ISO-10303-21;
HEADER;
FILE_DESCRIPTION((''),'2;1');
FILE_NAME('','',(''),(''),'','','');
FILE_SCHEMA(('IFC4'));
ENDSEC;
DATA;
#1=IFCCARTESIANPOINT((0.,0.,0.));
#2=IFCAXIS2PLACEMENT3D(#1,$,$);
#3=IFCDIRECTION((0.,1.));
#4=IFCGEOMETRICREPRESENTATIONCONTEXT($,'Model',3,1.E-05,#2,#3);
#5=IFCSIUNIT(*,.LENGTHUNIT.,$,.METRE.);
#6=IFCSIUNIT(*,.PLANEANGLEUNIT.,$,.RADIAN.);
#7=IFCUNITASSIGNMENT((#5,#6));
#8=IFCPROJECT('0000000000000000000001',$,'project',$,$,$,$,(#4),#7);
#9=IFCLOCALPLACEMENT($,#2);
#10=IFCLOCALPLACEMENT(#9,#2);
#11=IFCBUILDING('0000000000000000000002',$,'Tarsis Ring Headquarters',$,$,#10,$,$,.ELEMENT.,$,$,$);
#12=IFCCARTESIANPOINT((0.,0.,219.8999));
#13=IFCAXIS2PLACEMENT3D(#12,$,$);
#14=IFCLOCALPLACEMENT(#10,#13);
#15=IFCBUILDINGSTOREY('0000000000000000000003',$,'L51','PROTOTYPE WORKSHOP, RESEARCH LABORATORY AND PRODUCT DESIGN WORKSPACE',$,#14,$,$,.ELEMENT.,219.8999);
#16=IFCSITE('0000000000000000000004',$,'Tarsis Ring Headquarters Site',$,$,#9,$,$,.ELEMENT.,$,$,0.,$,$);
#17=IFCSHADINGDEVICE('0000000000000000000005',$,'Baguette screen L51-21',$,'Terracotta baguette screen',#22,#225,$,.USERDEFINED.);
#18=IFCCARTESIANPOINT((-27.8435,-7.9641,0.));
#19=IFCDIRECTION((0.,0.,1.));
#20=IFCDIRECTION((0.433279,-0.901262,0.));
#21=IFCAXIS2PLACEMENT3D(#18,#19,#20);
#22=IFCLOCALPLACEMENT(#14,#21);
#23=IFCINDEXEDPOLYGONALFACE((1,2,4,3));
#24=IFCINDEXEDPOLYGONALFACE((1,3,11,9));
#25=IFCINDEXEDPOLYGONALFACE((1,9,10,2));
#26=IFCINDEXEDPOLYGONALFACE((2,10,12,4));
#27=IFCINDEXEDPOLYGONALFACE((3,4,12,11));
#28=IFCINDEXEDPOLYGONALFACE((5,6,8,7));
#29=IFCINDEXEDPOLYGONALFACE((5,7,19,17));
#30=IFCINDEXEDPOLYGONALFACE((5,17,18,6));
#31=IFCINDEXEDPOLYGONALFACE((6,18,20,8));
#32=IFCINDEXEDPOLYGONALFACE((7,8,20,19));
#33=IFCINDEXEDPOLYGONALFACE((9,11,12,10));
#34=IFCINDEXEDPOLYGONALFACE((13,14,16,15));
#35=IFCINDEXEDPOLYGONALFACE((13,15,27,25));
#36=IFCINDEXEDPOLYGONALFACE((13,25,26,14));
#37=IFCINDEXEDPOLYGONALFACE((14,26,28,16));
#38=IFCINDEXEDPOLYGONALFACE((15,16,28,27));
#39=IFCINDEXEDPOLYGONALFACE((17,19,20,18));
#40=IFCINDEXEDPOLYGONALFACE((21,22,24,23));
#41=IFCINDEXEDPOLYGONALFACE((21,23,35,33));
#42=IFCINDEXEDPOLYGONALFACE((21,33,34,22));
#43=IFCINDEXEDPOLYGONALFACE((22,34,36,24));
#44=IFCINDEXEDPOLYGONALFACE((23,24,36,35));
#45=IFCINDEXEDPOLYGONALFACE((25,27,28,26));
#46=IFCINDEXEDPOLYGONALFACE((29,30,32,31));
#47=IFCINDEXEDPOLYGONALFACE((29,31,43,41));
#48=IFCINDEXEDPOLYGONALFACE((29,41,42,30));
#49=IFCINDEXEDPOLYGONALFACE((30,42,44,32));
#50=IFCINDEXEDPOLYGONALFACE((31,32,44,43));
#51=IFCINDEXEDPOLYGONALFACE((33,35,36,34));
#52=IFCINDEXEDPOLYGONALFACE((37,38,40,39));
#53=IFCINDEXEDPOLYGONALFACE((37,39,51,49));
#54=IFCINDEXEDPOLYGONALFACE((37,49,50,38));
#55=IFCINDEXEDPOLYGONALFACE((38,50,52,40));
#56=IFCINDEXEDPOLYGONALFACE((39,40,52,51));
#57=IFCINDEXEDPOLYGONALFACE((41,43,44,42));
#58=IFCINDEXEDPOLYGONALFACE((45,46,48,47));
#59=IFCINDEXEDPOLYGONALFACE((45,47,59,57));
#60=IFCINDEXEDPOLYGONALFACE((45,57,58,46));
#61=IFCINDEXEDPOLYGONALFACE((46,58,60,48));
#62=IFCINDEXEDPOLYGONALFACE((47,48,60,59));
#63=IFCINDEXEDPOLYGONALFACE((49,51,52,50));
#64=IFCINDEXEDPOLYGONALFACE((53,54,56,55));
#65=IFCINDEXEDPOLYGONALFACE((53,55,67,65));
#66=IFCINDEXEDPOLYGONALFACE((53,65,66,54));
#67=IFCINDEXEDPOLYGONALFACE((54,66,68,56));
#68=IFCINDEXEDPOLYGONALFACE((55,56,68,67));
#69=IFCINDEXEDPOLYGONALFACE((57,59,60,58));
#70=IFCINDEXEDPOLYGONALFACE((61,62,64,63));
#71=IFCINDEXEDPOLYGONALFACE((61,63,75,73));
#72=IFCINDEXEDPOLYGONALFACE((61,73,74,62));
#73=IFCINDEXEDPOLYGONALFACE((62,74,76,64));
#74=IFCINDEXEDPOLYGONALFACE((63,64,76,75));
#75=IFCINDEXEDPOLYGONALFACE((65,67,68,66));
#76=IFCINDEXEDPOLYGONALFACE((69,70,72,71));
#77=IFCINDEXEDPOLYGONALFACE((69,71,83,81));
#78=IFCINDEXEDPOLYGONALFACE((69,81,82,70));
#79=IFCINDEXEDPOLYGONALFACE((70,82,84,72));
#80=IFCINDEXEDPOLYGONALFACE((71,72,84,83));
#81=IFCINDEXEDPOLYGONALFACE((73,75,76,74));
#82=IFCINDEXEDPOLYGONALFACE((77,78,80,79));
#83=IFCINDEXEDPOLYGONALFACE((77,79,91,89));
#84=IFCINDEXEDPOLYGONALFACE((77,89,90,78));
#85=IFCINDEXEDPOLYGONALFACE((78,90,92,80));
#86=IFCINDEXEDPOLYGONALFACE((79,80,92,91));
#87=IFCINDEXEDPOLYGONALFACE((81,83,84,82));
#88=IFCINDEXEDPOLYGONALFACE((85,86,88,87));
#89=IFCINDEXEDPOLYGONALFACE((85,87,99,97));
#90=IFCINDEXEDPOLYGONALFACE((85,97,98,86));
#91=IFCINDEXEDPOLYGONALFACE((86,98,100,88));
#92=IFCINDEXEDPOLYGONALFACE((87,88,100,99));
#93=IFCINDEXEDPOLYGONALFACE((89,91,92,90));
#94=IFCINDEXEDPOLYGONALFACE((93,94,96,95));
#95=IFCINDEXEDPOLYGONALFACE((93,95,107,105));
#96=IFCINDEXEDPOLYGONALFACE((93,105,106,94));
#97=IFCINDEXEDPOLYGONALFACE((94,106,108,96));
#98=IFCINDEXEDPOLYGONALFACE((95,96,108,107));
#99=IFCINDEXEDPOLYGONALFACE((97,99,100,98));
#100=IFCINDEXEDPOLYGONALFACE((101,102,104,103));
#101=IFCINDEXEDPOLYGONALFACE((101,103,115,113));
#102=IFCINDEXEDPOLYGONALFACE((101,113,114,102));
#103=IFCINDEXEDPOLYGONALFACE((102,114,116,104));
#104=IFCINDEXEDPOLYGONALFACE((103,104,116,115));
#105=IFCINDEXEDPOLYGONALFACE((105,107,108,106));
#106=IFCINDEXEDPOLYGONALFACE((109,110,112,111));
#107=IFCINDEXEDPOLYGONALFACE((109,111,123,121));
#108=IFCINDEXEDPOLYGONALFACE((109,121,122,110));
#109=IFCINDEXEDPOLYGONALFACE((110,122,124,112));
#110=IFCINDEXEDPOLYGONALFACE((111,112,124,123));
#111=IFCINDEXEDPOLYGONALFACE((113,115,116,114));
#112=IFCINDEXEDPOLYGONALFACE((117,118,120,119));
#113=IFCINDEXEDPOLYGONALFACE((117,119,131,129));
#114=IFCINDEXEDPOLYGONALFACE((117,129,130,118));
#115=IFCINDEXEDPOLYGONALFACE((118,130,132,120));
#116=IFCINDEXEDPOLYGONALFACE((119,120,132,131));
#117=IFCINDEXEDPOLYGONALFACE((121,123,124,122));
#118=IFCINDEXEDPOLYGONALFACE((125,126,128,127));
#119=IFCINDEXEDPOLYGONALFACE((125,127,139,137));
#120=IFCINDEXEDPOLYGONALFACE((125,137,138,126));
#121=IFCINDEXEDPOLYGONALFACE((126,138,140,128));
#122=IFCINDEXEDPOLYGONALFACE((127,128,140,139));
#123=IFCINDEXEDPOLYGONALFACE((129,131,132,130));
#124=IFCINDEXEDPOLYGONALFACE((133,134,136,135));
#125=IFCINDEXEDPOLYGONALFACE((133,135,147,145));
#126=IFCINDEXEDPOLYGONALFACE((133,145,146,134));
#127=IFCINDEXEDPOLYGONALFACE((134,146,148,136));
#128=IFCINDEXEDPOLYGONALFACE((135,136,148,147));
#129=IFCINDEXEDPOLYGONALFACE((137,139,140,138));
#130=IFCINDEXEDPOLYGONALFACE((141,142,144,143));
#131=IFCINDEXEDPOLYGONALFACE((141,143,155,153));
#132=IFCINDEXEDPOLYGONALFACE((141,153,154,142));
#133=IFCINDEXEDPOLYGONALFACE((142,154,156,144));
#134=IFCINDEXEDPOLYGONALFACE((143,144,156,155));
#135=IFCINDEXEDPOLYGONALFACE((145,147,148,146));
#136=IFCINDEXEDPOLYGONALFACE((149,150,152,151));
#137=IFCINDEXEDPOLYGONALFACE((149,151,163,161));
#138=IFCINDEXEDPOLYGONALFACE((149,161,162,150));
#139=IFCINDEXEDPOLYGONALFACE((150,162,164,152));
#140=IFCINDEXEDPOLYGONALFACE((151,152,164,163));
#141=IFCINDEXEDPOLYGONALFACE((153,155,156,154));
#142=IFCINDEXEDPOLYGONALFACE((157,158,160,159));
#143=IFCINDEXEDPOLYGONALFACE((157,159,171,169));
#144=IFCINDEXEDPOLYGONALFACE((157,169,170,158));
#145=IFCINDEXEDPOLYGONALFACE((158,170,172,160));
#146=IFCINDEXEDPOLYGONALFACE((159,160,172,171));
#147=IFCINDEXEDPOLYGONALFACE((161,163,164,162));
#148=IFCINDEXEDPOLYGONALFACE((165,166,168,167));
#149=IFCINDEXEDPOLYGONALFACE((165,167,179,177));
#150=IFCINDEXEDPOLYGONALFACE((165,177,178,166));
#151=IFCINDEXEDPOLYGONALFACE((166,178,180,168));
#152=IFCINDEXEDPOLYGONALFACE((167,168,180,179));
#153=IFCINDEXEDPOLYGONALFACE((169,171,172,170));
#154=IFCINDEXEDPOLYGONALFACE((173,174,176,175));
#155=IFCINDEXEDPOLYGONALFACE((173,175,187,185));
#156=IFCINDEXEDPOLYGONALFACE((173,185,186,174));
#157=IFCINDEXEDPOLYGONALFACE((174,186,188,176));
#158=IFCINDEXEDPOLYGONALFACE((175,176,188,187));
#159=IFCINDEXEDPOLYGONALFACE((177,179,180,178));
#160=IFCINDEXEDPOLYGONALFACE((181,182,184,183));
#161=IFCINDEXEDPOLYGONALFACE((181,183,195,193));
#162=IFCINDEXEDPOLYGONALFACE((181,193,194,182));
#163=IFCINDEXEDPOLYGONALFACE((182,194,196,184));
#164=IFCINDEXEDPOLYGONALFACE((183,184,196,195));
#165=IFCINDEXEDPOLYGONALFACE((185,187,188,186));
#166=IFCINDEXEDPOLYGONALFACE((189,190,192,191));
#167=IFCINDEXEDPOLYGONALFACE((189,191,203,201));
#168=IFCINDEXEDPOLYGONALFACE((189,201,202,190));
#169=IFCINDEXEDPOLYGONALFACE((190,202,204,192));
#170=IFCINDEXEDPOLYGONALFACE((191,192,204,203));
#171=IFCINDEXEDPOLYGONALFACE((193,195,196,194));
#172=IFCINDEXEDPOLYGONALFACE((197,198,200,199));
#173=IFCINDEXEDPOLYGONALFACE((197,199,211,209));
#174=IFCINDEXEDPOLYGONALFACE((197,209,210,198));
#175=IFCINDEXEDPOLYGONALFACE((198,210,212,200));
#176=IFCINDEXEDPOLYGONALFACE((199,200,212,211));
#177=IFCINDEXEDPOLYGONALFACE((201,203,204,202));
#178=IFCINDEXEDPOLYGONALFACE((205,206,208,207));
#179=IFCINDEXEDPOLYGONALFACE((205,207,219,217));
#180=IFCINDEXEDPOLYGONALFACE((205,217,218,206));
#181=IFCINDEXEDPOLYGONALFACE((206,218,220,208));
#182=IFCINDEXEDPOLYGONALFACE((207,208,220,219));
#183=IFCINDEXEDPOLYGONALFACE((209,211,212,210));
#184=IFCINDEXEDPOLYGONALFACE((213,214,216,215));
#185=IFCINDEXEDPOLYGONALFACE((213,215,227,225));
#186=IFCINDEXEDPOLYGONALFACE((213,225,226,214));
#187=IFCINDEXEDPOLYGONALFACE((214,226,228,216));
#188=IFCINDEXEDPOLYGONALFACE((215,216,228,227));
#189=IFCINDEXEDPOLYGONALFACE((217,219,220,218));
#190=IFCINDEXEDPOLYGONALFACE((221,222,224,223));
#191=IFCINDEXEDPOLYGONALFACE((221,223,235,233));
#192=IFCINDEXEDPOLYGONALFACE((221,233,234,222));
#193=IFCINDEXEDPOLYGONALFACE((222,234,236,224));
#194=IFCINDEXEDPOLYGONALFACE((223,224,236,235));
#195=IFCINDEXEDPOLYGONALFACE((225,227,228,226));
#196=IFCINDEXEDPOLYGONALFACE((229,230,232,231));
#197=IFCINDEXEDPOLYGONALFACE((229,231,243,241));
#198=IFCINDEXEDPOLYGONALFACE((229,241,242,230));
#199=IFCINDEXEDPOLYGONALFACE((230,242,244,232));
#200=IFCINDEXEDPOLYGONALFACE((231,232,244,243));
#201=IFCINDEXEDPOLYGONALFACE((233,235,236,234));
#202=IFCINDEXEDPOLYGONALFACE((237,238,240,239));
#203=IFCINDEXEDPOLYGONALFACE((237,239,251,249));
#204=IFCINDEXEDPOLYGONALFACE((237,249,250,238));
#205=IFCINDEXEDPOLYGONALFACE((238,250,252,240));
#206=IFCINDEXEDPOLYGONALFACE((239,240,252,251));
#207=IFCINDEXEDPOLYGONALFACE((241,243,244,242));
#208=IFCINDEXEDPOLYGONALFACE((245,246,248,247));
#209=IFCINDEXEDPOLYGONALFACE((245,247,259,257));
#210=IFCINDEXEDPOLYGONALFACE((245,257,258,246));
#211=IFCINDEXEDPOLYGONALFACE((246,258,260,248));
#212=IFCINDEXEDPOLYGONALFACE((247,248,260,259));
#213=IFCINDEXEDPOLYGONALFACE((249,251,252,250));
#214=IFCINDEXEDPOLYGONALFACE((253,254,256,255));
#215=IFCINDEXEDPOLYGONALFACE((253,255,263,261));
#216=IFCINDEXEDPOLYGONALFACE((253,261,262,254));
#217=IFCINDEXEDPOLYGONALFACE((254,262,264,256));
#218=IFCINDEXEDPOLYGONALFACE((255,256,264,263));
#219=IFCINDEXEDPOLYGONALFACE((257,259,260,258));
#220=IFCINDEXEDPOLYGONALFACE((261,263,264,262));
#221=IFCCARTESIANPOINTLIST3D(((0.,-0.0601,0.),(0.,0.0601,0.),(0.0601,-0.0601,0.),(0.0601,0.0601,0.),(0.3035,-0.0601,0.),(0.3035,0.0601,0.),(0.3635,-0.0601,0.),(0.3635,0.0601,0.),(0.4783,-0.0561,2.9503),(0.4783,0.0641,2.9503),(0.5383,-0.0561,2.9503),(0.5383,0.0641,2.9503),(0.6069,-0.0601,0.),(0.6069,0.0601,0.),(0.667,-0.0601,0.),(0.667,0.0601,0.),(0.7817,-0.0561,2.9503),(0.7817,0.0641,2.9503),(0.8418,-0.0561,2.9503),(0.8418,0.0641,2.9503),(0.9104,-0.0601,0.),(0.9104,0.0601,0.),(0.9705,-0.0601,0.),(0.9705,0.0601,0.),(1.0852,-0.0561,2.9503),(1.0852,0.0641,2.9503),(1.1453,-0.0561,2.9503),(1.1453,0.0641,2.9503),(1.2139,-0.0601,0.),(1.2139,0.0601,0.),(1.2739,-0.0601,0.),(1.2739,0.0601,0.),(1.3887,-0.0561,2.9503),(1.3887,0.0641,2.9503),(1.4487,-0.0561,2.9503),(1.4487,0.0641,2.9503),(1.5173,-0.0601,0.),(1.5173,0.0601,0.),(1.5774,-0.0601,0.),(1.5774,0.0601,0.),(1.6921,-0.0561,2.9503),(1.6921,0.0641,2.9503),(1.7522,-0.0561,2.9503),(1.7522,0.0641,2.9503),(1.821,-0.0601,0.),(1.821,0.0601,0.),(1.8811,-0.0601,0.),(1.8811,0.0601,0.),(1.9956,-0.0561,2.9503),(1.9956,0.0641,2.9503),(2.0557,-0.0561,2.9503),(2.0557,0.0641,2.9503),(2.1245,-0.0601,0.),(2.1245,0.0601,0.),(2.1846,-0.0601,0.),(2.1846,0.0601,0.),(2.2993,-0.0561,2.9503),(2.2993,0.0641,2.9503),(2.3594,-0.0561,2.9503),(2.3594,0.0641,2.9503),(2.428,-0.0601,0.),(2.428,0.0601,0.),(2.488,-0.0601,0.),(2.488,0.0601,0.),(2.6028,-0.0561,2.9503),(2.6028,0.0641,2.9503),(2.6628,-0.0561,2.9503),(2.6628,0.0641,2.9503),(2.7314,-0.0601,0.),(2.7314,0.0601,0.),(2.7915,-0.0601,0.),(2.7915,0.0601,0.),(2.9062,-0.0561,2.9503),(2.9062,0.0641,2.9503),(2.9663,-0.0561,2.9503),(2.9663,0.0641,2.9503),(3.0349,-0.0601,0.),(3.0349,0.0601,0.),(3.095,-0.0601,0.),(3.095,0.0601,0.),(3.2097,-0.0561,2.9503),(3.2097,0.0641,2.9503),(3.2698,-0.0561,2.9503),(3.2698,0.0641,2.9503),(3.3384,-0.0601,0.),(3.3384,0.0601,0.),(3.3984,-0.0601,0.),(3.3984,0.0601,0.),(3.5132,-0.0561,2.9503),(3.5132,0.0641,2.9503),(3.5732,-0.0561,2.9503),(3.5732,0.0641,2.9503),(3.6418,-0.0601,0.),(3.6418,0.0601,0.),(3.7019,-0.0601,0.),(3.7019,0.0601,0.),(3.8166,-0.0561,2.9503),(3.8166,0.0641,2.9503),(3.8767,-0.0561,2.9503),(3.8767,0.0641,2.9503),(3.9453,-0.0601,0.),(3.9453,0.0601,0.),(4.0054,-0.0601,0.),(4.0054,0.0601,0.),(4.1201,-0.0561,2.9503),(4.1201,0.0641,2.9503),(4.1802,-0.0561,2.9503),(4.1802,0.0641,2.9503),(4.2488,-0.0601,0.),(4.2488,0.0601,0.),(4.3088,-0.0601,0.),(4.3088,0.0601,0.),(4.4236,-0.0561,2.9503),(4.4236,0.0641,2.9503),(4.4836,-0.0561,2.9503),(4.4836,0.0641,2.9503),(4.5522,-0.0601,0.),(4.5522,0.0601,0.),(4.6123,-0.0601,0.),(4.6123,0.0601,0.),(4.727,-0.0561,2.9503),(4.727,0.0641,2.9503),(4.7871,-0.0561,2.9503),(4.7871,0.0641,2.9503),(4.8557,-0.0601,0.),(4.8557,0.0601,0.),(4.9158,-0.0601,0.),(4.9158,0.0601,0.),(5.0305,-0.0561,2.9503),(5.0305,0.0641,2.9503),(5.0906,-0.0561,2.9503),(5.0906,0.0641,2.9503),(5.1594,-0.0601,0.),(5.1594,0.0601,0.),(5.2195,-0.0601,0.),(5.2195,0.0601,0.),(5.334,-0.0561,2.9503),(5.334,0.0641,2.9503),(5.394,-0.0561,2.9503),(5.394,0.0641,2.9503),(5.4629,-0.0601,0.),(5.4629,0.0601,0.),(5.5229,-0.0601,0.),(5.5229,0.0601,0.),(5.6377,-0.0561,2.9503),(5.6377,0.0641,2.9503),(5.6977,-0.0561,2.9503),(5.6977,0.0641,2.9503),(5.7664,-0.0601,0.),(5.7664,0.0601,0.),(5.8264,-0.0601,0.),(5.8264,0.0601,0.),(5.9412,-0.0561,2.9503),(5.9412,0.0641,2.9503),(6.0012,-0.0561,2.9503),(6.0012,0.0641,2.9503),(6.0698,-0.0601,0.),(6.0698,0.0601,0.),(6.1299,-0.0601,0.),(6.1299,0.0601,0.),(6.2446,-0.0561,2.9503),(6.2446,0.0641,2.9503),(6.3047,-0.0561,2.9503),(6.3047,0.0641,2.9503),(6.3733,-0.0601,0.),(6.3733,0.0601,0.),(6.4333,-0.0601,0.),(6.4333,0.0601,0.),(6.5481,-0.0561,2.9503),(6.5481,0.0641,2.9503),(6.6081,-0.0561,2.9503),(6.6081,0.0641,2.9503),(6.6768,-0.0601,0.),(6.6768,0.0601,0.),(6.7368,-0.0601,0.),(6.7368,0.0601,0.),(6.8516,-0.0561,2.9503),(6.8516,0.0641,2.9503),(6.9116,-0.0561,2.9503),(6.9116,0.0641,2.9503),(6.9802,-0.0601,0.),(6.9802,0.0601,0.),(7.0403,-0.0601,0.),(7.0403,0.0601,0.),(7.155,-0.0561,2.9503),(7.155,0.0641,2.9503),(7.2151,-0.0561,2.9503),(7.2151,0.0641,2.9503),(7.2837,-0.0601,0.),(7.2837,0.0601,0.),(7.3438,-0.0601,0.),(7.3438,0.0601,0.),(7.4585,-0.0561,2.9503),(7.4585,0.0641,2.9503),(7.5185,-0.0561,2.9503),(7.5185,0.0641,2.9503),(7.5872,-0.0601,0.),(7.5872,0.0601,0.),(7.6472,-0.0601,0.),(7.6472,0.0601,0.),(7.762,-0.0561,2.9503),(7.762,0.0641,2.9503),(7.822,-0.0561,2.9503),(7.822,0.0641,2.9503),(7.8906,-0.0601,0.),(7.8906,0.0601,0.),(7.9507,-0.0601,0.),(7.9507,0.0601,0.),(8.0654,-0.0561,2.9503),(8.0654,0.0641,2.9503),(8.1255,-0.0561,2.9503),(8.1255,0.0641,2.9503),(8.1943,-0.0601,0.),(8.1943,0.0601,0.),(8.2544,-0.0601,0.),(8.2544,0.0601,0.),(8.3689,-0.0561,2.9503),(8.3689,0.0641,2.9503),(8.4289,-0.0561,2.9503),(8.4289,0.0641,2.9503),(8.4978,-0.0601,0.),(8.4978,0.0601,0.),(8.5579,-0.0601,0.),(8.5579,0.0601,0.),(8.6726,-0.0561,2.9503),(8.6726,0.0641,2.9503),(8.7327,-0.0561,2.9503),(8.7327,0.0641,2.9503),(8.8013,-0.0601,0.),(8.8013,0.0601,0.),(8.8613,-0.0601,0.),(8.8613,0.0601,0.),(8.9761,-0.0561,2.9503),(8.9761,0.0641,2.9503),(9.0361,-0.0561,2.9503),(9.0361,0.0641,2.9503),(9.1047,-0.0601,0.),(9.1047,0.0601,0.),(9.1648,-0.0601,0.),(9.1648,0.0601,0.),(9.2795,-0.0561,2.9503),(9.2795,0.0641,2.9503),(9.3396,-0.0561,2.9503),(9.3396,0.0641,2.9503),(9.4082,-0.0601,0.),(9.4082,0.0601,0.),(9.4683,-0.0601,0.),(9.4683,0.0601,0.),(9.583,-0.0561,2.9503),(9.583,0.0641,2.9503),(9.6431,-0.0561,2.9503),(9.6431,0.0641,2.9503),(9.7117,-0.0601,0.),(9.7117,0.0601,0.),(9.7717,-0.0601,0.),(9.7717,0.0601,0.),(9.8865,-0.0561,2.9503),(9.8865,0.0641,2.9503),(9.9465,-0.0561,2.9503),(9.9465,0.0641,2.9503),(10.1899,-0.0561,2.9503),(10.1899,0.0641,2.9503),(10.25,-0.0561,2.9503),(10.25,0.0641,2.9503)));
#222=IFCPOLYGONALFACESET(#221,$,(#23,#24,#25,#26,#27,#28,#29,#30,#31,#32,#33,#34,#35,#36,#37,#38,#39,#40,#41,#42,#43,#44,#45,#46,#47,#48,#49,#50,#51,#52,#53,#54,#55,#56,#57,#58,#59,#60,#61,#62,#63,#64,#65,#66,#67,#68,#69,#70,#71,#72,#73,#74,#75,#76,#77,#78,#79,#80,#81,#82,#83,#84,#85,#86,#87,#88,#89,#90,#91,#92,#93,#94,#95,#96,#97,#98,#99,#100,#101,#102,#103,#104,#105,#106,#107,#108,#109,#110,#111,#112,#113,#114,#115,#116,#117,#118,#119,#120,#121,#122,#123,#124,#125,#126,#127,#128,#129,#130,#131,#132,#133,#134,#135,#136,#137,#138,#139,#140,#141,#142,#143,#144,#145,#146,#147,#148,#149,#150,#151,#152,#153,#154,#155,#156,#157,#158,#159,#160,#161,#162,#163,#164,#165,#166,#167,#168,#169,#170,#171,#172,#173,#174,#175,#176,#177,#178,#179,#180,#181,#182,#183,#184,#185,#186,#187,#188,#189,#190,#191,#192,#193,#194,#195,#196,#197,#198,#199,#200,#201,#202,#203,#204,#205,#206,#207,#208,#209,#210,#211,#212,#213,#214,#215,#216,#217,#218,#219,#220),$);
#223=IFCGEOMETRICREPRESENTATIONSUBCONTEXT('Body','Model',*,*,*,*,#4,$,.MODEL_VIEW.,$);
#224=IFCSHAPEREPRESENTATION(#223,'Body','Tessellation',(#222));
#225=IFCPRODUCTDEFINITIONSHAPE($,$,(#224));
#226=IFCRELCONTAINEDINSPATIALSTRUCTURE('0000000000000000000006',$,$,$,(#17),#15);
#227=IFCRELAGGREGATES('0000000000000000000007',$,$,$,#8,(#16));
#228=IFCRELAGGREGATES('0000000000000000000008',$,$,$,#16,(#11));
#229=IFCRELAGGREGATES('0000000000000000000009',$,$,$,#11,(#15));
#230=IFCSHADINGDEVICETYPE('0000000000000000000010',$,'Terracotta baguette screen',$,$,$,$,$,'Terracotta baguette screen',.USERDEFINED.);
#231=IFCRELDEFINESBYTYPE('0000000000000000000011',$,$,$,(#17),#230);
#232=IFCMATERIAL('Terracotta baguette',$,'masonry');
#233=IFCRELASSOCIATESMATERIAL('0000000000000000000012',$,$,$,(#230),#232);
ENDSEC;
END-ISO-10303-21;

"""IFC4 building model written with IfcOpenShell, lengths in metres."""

from ifc_helpers import new_model, si_unit, direction, frame, frame_2d, origin, place, context, subcontext, project, spatial, rectangle, composite_profile, extrude, material, type_object, element, save


model = new_model("IFC4")

# Units and contexts
model_context = context("Model", 3, precision=1e-05, world=origin(), true_north=direction((0.0, 1.0)))
body_context = subcontext(model_context, "Body", "Model", "MODEL_VIEW")
ifc_project = project(units=[si_unit("LENGTHUNIT", "METRE"), si_unit("PLANEANGLEUNIT", "RADIAN")], contexts=[model_context])

# Site, building, storey
site_placement = place(None, origin())
site = spatial("IfcSite", under=ifc_project, at=site_placement, Name="Tarsis Ring Headquarters Site", CompositionType="ELEMENT", RefElevation=0.0)
building_placement = place(site_placement, origin())
building = spatial("IfcBuilding", under=site, at=building_placement, Name="Tarsis Ring Headquarters", CompositionType="ELEMENT")
storey_placement = place(building_placement, frame((0.0, 0.0, 219.8999)))
storey = spatial("IfcBuildingStorey", under=building, at=storey_placement, Name="L51", Description="PROTOTYPE WORKSHOP, RESEARCH LABORATORY AND PRODUCT DESIGN WORKSPACE", CompositionType="ELEMENT", Elevation=219.8999)

# Shading device
ifc_material_1 = material(Name="Terracotta baguette", Category="masonry")
shading_device_type = type_object("IfcShadingDeviceType", Name="Terracotta baguette screen", ElementType="Terracotta baguette screen", PredefinedType="USERDEFINED", material=ifc_material_1)
shading_device_1_placement = place(storey_placement, frame((-27.8435, -7.9641, 0.0), z_axis=(0.0, 0.0, 1.0), x_axis=(0.433279, -0.901262, 0.0)))
element("IfcShadingDevice", 1, at=shading_device_1_placement, inside=storey, type_object=shading_device_type, Name="Baguette screen L51-21", ObjectType="Terracotta baguette screen", PredefinedType="USERDEFINED", context=body_context, shape_type="SweptSolid", body=[
    extrude(composite_profile([rectangle(XDim=0.0601, YDim=0.1201, at=frame_2d((0.03, 0.0))), rectangle(XDim=0.0601, YDim=0.1201, at=frame_2d((0.3335, 0.0))), rectangle(XDim=0.0601, YDim=0.1201, at=frame_2d((0.637, 0.0))), rectangle(XDim=0.0601, YDim=0.1201, at=frame_2d((0.9404, 0.0))), rectangle(XDim=0.0601, YDim=0.1201, at=frame_2d((1.2439, 0.0))), rectangle(XDim=0.0601, YDim=0.1201, at=frame_2d((1.5474, 0.0))), rectangle(XDim=0.0601, YDim=0.1201, at=frame_2d((1.8511, 0.0))), rectangle(XDim=0.0601, YDim=0.1201, at=frame_2d((2.1545, 0.0))), rectangle(XDim=0.0601, YDim=0.1201, at=frame_2d((2.458, 0.0))), rectangle(XDim=0.0601, YDim=0.1201, at=frame_2d((2.7615, 0.0))), rectangle(XDim=0.0601, YDim=0.1201, at=frame_2d((3.0649, 0.0))), rectangle(XDim=0.0601, YDim=0.1201, at=frame_2d((3.3684, 0.0))), rectangle(XDim=0.0601, YDim=0.1201, at=frame_2d((3.6719, 0.0))), rectangle(XDim=0.0601, YDim=0.1201, at=frame_2d((3.9753, 0.0))), rectangle(XDim=0.0601, YDim=0.1201, at=frame_2d((4.2788, 0.0))), rectangle(XDim=0.0601, YDim=0.1201, at=frame_2d((4.5823, 0.0))), rectangle(XDim=0.0601, YDim=0.1201, at=frame_2d((4.8857, 0.0))), rectangle(XDim=0.0601, YDim=0.1201, at=frame_2d((5.1895, 0.0))), rectangle(XDim=0.0601, YDim=0.1201, at=frame_2d((5.4929, 0.0))), rectangle(XDim=0.0601, YDim=0.1201, at=frame_2d((5.7964, 0.0))), rectangle(XDim=0.0601, YDim=0.1201, at=frame_2d((6.0999, 0.0))), rectangle(XDim=0.0601, YDim=0.1201, at=frame_2d((6.4033, 0.0))), rectangle(XDim=0.0601, YDim=0.1201, at=frame_2d((6.7068, 0.0))), rectangle(XDim=0.0601, YDim=0.1201, at=frame_2d((7.0103, 0.0))), rectangle(XDim=0.0601, YDim=0.1201, at=frame_2d((7.3137, 0.0))), rectangle(XDim=0.0601, YDim=0.1201, at=frame_2d((7.6172, 0.0))), rectangle(XDim=0.0601, YDim=0.1201, at=frame_2d((7.9207, 0.0))), rectangle(XDim=0.0601, YDim=0.1201, at=frame_2d((8.2244, 0.0))), rectangle(XDim=0.0601, YDim=0.1201, at=frame_2d((8.5278, 0.0))), rectangle(XDim=0.0601, YDim=0.1201, at=frame_2d((8.8313, 0.0))), rectangle(XDim=0.0601, YDim=0.1201, at=frame_2d((9.1348, 0.0))), rectangle(XDim=0.0601, YDim=0.1201, at=frame_2d((9.4382, 0.0))), rectangle(XDim=0.0601, YDim=0.1201, at=frame_2d((9.7417, 0.0)))]), origin(), (0.160019, 0.001338, 0.987113), 2.9888),
])

save(model, "model.ifc")
